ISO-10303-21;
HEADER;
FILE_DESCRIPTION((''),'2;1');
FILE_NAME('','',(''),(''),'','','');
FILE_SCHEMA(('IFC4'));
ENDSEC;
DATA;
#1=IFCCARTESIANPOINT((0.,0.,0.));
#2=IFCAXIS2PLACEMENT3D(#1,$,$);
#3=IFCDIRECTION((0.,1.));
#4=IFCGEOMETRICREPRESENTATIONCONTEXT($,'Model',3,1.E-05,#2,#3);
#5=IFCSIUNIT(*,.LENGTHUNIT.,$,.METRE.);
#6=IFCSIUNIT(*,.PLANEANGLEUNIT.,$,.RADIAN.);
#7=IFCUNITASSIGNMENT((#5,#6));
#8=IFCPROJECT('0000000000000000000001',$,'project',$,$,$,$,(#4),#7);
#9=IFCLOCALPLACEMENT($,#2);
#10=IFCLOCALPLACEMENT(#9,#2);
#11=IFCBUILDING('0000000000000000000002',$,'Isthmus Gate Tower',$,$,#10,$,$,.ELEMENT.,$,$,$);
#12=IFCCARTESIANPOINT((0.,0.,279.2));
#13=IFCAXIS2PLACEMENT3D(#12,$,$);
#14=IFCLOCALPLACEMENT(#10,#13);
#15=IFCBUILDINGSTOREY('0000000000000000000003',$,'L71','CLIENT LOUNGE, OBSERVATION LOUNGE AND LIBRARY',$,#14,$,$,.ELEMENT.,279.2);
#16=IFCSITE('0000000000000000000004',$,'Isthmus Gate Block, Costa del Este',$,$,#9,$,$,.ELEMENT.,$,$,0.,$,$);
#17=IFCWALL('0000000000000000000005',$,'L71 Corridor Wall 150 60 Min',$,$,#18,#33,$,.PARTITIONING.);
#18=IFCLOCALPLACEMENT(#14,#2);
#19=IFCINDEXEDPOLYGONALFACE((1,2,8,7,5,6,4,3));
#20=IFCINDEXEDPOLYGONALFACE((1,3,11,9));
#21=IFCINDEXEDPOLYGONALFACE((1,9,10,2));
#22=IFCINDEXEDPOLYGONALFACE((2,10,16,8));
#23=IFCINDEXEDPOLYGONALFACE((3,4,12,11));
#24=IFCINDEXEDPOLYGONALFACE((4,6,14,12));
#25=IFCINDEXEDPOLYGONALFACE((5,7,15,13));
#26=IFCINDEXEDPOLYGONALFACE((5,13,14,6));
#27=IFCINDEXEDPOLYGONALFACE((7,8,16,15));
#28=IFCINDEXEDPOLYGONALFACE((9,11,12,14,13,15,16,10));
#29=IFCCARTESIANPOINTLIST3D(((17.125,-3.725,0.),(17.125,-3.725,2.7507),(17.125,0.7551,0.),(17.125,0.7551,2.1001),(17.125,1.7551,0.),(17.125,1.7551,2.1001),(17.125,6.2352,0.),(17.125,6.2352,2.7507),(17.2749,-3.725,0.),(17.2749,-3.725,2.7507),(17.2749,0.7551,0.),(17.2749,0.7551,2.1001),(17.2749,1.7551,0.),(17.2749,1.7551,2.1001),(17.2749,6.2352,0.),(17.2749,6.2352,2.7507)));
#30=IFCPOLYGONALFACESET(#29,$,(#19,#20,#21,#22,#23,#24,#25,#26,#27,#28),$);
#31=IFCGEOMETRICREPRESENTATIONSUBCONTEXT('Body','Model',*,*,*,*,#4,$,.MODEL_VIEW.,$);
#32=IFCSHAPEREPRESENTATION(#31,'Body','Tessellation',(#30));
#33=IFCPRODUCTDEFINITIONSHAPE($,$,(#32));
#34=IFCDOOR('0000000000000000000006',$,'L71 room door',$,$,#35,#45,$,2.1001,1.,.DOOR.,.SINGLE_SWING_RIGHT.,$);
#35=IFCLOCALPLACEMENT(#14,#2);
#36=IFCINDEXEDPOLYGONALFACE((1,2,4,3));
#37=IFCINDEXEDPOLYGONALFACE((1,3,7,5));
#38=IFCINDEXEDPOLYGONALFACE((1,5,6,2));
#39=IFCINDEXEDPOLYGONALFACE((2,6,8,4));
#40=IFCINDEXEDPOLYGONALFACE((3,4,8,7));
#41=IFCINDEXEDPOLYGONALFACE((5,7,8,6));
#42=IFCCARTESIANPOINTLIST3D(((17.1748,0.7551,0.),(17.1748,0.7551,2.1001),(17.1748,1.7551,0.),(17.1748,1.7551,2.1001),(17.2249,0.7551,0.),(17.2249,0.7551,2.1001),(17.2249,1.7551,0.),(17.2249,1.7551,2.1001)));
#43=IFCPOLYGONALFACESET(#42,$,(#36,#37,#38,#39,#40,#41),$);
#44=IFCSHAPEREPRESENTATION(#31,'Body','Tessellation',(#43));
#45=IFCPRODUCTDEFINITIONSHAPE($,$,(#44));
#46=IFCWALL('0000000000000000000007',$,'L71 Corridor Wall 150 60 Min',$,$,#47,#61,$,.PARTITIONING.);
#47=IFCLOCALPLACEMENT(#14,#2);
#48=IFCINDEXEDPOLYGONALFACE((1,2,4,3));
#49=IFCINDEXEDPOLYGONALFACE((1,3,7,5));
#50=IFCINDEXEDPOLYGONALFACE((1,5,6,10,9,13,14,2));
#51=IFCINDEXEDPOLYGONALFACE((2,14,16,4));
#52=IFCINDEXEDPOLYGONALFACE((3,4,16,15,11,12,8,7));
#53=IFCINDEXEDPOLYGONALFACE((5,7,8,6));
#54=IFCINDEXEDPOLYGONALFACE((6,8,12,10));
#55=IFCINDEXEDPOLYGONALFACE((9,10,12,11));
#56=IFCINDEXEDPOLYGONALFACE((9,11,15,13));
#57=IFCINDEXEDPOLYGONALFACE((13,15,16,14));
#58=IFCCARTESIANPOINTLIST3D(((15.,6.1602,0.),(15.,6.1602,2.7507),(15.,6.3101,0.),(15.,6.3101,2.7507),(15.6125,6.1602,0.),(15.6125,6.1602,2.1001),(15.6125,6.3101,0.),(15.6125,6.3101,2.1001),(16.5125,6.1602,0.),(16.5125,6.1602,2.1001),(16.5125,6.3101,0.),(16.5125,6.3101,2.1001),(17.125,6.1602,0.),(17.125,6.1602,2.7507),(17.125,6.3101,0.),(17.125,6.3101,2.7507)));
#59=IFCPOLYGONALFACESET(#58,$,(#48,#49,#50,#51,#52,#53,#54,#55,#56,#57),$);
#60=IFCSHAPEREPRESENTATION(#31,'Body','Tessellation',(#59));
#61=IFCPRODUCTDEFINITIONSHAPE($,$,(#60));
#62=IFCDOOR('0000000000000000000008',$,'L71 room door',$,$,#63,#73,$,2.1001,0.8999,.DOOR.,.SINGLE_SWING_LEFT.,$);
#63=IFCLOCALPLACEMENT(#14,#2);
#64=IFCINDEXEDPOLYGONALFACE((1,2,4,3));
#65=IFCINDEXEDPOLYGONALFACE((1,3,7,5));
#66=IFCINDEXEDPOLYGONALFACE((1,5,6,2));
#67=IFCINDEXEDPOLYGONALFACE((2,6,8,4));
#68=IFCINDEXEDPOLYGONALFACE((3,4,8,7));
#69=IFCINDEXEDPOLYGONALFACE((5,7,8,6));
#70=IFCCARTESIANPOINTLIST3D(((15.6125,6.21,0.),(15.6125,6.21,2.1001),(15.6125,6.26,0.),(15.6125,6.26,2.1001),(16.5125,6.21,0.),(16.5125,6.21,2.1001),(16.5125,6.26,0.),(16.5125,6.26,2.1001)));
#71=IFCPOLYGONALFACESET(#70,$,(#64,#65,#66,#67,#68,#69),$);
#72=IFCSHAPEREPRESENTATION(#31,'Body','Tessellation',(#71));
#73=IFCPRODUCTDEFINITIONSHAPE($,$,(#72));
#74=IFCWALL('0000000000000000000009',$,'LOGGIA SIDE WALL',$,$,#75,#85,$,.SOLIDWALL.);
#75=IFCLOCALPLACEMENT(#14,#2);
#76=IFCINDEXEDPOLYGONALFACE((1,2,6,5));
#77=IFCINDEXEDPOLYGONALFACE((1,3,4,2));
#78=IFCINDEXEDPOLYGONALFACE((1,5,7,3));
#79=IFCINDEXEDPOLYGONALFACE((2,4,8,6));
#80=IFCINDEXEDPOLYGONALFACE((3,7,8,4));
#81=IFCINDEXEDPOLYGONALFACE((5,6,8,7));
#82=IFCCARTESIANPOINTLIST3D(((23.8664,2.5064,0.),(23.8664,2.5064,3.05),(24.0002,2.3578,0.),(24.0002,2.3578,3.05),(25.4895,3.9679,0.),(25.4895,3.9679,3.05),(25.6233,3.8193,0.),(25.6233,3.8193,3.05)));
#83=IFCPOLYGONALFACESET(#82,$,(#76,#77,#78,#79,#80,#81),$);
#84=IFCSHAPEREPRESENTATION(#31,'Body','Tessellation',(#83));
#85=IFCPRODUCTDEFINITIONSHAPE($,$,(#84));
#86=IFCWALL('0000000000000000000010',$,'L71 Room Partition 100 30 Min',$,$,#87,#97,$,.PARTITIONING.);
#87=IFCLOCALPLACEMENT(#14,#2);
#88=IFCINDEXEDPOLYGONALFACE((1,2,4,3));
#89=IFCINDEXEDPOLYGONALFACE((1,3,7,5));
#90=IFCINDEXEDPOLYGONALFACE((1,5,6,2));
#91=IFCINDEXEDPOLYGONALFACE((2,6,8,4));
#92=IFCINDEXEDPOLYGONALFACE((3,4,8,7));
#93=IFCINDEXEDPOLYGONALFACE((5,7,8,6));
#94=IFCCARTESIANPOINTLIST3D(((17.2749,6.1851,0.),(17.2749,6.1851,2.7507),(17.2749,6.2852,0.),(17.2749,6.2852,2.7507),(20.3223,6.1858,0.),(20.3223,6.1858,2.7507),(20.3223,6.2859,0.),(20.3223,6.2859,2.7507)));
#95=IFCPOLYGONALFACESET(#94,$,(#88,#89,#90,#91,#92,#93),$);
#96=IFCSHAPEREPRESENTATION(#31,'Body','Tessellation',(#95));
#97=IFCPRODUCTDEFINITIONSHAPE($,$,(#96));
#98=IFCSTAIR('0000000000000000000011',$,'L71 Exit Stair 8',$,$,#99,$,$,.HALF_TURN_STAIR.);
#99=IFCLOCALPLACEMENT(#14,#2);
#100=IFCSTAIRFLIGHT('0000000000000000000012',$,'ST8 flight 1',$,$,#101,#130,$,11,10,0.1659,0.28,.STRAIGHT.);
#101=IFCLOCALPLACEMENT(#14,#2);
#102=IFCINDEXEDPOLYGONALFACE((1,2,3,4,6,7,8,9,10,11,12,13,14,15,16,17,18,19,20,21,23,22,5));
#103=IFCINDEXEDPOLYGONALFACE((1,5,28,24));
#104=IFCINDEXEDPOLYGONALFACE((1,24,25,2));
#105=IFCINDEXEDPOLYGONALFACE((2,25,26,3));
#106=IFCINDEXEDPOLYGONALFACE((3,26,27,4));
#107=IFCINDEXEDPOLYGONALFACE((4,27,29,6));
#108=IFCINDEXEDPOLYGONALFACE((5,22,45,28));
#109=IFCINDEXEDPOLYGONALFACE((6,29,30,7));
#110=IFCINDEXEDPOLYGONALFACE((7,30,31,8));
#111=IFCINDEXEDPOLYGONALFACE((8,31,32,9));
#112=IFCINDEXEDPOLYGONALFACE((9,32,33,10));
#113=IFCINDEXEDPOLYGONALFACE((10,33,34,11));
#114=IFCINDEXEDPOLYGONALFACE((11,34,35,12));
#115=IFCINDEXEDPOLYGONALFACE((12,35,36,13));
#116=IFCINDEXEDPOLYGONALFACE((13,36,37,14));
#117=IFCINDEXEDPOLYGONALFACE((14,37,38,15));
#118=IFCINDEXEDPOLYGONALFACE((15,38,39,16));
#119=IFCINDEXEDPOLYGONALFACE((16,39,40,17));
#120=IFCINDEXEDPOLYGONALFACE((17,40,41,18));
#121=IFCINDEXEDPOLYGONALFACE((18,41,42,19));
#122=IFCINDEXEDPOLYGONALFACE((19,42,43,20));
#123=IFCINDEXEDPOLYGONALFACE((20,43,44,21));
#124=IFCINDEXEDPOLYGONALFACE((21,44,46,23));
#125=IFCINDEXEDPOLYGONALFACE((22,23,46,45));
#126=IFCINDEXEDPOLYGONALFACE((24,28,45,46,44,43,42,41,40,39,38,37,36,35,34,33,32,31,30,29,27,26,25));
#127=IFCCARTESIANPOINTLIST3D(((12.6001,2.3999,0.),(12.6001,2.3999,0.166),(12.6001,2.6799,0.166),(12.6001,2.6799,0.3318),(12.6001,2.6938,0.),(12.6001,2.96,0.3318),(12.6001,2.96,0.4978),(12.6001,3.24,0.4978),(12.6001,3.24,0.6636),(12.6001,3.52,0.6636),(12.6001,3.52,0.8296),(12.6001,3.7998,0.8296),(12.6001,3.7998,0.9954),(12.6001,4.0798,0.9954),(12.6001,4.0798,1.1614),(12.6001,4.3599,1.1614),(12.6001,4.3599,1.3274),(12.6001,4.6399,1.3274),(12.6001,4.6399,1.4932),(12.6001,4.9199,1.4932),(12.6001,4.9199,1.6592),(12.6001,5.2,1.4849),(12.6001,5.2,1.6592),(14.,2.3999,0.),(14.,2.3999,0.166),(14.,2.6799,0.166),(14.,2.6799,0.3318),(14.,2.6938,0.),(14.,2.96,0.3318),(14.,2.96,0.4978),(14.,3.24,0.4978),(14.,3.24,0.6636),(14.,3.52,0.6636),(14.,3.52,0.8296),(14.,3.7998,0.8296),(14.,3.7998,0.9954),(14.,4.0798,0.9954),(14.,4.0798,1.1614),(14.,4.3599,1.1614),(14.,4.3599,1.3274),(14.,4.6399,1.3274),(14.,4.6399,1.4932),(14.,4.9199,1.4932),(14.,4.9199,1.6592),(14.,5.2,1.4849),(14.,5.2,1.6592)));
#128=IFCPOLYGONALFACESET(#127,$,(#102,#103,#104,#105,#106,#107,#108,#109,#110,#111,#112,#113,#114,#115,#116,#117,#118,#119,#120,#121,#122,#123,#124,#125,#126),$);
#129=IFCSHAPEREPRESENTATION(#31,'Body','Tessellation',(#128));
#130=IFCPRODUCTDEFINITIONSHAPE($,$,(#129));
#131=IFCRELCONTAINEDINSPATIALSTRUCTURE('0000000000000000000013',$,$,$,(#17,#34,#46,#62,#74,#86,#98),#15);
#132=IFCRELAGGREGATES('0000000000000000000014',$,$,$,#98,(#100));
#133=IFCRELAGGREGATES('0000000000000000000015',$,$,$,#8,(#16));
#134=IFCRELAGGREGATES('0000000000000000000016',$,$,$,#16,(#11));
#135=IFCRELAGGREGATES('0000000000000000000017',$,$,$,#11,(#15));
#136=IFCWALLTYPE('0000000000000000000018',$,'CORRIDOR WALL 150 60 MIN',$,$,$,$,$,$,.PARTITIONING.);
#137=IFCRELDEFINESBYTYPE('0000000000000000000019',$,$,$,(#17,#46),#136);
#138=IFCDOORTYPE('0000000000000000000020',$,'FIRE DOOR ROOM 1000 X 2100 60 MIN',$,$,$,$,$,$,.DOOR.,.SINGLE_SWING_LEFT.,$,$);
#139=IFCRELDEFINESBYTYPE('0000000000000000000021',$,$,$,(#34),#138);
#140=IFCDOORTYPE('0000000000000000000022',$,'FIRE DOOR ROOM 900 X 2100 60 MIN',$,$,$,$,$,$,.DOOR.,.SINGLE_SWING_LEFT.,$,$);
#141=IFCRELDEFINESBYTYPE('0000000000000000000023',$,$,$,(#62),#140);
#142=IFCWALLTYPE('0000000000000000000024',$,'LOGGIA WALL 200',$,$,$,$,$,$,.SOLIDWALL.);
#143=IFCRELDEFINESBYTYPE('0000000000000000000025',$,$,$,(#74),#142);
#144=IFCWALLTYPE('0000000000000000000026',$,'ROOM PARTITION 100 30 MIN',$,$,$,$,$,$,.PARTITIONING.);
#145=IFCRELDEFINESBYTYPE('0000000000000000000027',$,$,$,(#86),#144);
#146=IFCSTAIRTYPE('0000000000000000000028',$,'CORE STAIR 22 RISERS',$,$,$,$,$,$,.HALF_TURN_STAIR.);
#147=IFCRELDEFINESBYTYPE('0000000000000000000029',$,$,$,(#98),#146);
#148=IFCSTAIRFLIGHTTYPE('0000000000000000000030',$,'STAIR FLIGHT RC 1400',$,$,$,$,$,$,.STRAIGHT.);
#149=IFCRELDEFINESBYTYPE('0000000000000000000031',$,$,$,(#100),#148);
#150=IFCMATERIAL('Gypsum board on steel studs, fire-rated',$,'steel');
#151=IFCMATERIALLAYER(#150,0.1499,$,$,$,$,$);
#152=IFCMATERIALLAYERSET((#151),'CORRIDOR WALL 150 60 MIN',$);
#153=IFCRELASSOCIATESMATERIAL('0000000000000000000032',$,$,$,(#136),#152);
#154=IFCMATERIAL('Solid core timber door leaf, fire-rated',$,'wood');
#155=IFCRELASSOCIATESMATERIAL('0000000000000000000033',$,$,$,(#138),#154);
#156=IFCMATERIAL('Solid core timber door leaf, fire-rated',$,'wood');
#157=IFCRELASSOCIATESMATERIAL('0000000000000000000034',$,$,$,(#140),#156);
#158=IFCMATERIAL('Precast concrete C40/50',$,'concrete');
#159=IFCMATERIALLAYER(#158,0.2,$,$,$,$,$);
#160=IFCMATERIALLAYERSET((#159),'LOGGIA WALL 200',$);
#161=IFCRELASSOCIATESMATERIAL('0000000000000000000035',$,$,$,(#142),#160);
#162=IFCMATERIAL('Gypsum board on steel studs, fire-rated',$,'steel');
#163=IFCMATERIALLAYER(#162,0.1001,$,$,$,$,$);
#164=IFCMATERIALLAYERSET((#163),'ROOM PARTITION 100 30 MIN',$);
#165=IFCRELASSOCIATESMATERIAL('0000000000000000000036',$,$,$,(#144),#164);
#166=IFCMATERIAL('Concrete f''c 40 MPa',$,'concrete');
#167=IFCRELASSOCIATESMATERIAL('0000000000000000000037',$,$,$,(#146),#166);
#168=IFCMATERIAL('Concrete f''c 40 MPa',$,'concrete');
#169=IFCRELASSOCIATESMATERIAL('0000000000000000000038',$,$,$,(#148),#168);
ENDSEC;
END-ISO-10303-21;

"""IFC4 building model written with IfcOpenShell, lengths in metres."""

from ifc_helpers import new_model, si_unit, direction, frame, frame_2d, origin, place, context, subcontext, project, spatial, polyline, rectangle, outline, extrude, material, layer, layer_set, type_object, element, fill, aggregate, save


model = new_model("IFC4")

# Units and contexts
model_context = context("Model", 3, precision=1e-05, world=origin(), true_north=direction((0.0, 1.0)))
body_context = subcontext(model_context, "Body", "Model", "MODEL_VIEW")
ifc_project = project(units=[si_unit("LENGTHUNIT", "METRE"), si_unit("PLANEANGLEUNIT", "RADIAN")], contexts=[model_context])

# Site, building, storey
site_placement = place(None, origin())
site = spatial("IfcSite", under=ifc_project, at=site_placement, Name="Isthmus Gate Block, Costa del Este", CompositionType="ELEMENT", RefElevation=0.0)
building_placement = place(site_placement, origin())
building = spatial("IfcBuilding", under=site, at=building_placement, Name="Isthmus Gate Tower", CompositionType="ELEMENT")
storey_placement = place(building_placement, frame((0.0, 0.0, 279.2)))
storey = spatial("IfcBuildingStorey", under=building, at=storey_placement, Name="L71", Description="CLIENT LOUNGE, OBSERVATION LOUNGE AND LIBRARY", CompositionType="ELEMENT", Elevation=279.2)

# Walls, openings, doors
ifc_material_1 = material(Name="Gypsum board on steel studs, fire-rated", Category="steel")
ifc_layer_1 = layer(ifc_material_1, 0.1499)
ifc_layer_set_1 = layer_set([ifc_layer_1], Name="CORRIDOR WALL 150 60 MIN")
wall_type_1 = type_object("IfcWallType", Name="CORRIDOR WALL 150 60 MIN", PredefinedType="PARTITIONING", material=ifc_layer_set_1)
wall_1_placement = place(storey_placement, frame((17.2, 6.2351, 0.0), z_axis=(0.0, 0.0, 1.0), x_axis=(0.0, -1.0, 0.0)))
wall_1 = element("IfcWall", 1, at=wall_1_placement, inside=storey, type_object=wall_type_1, Name="L71 Corridor Wall 150 60 Min", PredefinedType="PARTITIONING", context=body_context, shape_type="SweptSolid", body=[
    extrude(rectangle(XDim=9.9602, YDim=0.1499, at=frame_2d((4.98, 0.0))), origin(), (0.0, 0.0, 1.0), 2.7507),
])
opening_1_placement = place(wall_1_placement, frame((4.48, 0.0, 0.0)))
opening_1 = element("IfcOpeningElement", 2, at=opening_1_placement, cuts=wall_1, PredefinedType="OPENING", context=body_context, shape_type="SweptSolid", body=[
    extrude(rectangle(XDim=1.0, YDim=2.1001, at=frame_2d((0.5, 1.05))), frame((0.0, 0.085, 0.0), z_axis=(0.0, -1.0, 0.0), x_axis=(1.0, 0.0, 0.0)), (0.0, 0.0, 1.0), 0.1699),
])
ifc_material_2 = material(Name="Solid core timber door leaf, fire-rated", Category="wood")
door_type_1 = type_object("IfcDoorType", Name="FIRE DOOR ROOM 1000 X 2100 60 MIN", OperationType="SINGLE_SWING_LEFT", PredefinedType="DOOR", material=ifc_material_2)
door_1_placement = place(opening_1_placement, origin())
door_1 = element("IfcDoor", 3, at=door_1_placement, inside=storey, type_object=door_type_1, Name="L71 room door", OperationType="SINGLE_SWING_RIGHT", OverallHeight=2.1001, OverallWidth=1.0, PredefinedType="DOOR", context=body_context, shape_type="SweptSolid", body=[
    extrude(rectangle(XDim=1.0, YDim=2.1001, at=frame_2d((0.5, 1.05))), frame((0.0, 0.0249, 0.0), z_axis=(0.0, -1.0, 0.0), x_axis=(1.0, 0.0, 0.0)), (0.0, 0.0, 1.0), 0.05),
])
fill(opening_1, door_1)
wall_2_placement = place(storey_placement, frame((15.0, 6.2351, 0.0), z_axis=(0.0, 0.0, 1.0), x_axis=(1.0, 0.0, 0.0)))
wall_2 = element("IfcWall", 4, at=wall_2_placement, inside=storey, type_object=wall_type_1, Name="L71 Corridor Wall 150 60 Min", PredefinedType="PARTITIONING", context=body_context, shape_type="SweptSolid", body=[
    extrude(rectangle(XDim=2.125, YDim=0.1499, at=frame_2d((1.0625, 0.0))), origin(), (0.0, 0.0, 1.0), 2.7507),
])
opening_2_placement = place(wall_2_placement, frame((0.6125, 0.0, 0.0)))
opening_2 = element("IfcOpeningElement", 5, at=opening_2_placement, cuts=wall_2, PredefinedType="OPENING", context=body_context, shape_type="SweptSolid", body=[
    extrude(rectangle(XDim=0.8999, YDim=2.1001, at=frame_2d((0.45, 1.05))), frame((0.0, 0.085, 0.0), z_axis=(0.0, -1.0, 0.0), x_axis=(1.0, 0.0, 0.0)), (0.0, 0.0, 1.0), 0.1699),
])
ifc_material_3 = material(Name="Solid core timber door leaf, fire-rated", Category="wood")
door_type_2 = type_object("IfcDoorType", Name="FIRE DOOR ROOM 900 X 2100 60 MIN", OperationType="SINGLE_SWING_LEFT", PredefinedType="DOOR", material=ifc_material_3)
door_2_placement = place(opening_2_placement, origin())
door_2 = element("IfcDoor", 6, at=door_2_placement, inside=storey, type_object=door_type_2, Name="L71 room door", OperationType="SINGLE_SWING_LEFT", OverallHeight=2.1001, OverallWidth=0.8999, PredefinedType="DOOR", context=body_context, shape_type="SweptSolid", body=[
    extrude(rectangle(XDim=0.8999, YDim=2.1001, at=frame_2d((0.45, 1.05))), frame((0.0, 0.0249, 0.0), z_axis=(0.0, -1.0, 0.0), x_axis=(1.0, 0.0, 0.0)), (0.0, 0.0, 1.0), 0.05),
])
fill(opening_2, door_2)
ifc_material_4 = material(Name="Precast concrete C40/50", Category="concrete")
ifc_layer_2 = layer(ifc_material_4, 0.2)
ifc_layer_set_2 = layer_set([ifc_layer_2], Name="LOGGIA WALL 200")
wall_type_2 = type_object("IfcWallType", Name="LOGGIA WALL 200", PredefinedType="SOLIDWALL", material=ifc_layer_set_2)

# Walls
wall_3_placement = place(storey_placement, frame((25.5564, 3.8936, 0.0), z_axis=(0.0, 0.0, 1.0), x_axis=(-0.743138, -0.669138, 0.0)))
element("IfcWall", 7, at=wall_3_placement, inside=storey, type_object=wall_type_2, Name="LOGGIA SIDE WALL", PredefinedType="SOLIDWALL", context=body_context, shape_type="SweptSolid", body=[
    extrude(rectangle(XDim=2.1841, YDim=0.2, at=frame_2d((1.092, 0.0))), origin(), (0.0, 0.0, 1.0), 3.05),
])
ifc_material_5 = material(Name="Gypsum board on steel studs, fire-rated", Category="steel")
ifc_layer_3 = layer(ifc_material_5, 0.1001)
ifc_layer_set_3 = layer_set([ifc_layer_3], Name="ROOM PARTITION 100 30 MIN")
wall_type_3 = type_object("IfcWallType", Name="ROOM PARTITION 100 30 MIN", PredefinedType="PARTITIONING", material=ifc_layer_set_3)
wall_4_placement = place(storey_placement, frame((17.2749, 6.2351, 0.0), z_axis=(0.0, 0.0, 1.0), x_axis=(1.0, 0.00024, 0.0)))
element("IfcWall", 8, at=wall_4_placement, inside=storey, type_object=wall_type_3, Name="L71 Room Partition 100 30 Min", PredefinedType="PARTITIONING", context=body_context, shape_type="SweptSolid", body=[
    extrude(rectangle(XDim=3.0474, YDim=0.1001, at=frame_2d((1.5237, 0.0))), origin(), (0.0, 0.0, 1.0), 2.7507),
])

# Stair, stair flight
ifc_material_6 = material(Name="Concrete f'c 40 MPa", Category="concrete")
stair_type = type_object("IfcStairType", Name="CORE STAIR 22 RISERS", PredefinedType="HALF_TURN_STAIR", material=ifc_material_6)
stair_placement = place(storey_placement, origin())
stair = element("IfcStair", 9, at=stair_placement, inside=storey, type_object=stair_type, Name="L71 Exit Stair 8", PredefinedType="HALF_TURN_STAIR")
ifc_material_7 = material(Name="Concrete f'c 40 MPa", Category="concrete")
stair_flight_type = type_object("IfcStairFlightType", Name="STAIR FLIGHT RC 1400", PredefinedType="STRAIGHT", material=ifc_material_7)
stair_flight_placement = place(storey_placement, frame((13.3, 2.3999, 0.0), z_axis=(0.0, 0.0, 1.0), x_axis=(0.0, 1.0, 0.0)))
stair_flight = element("IfcStairFlight", 10, at=stair_flight_placement, type_object=stair_flight_type, Name="ST8 flight 1", NumberOfRisers=11, NumberOfTreads=10, PredefinedType="STRAIGHT", RiserHeight=0.1659, TreadLength=0.28, context=body_context, shape_type="SweptSolid", body=[
    extrude(outline(polyline([(0.0, 0.0), (0.0, 0.166), (0.28, 0.166), (0.28, 0.3318), (0.5601, 0.3318), (0.5601, 0.4978), (0.8401, 0.4978), (0.8401, 0.6636), (1.1201, 0.6636), (1.1201, 0.8296), (1.3999, 0.8296), (1.3999, 0.9954), (1.6799, 0.9954), (1.6799, 1.1614), (1.96, 1.1614), (1.96, 1.3274), (2.24, 1.3274), (2.24, 1.4932), (2.52, 1.4932), (2.52, 1.6592), (2.8, 1.6592), (2.8, 1.825), (2.8, 1.4849), (0.2939, 0.0), (0.0, 0.0)])), frame((0.0, 0.7, 0.0), z_axis=(0.0, -1.0, 0.0), x_axis=(1.0, 0.0, 0.0)), (0.0, 0.0, 1.0), 1.3999),
])
aggregate(stair, [stair_flight])

save(model, "model.ifc")
